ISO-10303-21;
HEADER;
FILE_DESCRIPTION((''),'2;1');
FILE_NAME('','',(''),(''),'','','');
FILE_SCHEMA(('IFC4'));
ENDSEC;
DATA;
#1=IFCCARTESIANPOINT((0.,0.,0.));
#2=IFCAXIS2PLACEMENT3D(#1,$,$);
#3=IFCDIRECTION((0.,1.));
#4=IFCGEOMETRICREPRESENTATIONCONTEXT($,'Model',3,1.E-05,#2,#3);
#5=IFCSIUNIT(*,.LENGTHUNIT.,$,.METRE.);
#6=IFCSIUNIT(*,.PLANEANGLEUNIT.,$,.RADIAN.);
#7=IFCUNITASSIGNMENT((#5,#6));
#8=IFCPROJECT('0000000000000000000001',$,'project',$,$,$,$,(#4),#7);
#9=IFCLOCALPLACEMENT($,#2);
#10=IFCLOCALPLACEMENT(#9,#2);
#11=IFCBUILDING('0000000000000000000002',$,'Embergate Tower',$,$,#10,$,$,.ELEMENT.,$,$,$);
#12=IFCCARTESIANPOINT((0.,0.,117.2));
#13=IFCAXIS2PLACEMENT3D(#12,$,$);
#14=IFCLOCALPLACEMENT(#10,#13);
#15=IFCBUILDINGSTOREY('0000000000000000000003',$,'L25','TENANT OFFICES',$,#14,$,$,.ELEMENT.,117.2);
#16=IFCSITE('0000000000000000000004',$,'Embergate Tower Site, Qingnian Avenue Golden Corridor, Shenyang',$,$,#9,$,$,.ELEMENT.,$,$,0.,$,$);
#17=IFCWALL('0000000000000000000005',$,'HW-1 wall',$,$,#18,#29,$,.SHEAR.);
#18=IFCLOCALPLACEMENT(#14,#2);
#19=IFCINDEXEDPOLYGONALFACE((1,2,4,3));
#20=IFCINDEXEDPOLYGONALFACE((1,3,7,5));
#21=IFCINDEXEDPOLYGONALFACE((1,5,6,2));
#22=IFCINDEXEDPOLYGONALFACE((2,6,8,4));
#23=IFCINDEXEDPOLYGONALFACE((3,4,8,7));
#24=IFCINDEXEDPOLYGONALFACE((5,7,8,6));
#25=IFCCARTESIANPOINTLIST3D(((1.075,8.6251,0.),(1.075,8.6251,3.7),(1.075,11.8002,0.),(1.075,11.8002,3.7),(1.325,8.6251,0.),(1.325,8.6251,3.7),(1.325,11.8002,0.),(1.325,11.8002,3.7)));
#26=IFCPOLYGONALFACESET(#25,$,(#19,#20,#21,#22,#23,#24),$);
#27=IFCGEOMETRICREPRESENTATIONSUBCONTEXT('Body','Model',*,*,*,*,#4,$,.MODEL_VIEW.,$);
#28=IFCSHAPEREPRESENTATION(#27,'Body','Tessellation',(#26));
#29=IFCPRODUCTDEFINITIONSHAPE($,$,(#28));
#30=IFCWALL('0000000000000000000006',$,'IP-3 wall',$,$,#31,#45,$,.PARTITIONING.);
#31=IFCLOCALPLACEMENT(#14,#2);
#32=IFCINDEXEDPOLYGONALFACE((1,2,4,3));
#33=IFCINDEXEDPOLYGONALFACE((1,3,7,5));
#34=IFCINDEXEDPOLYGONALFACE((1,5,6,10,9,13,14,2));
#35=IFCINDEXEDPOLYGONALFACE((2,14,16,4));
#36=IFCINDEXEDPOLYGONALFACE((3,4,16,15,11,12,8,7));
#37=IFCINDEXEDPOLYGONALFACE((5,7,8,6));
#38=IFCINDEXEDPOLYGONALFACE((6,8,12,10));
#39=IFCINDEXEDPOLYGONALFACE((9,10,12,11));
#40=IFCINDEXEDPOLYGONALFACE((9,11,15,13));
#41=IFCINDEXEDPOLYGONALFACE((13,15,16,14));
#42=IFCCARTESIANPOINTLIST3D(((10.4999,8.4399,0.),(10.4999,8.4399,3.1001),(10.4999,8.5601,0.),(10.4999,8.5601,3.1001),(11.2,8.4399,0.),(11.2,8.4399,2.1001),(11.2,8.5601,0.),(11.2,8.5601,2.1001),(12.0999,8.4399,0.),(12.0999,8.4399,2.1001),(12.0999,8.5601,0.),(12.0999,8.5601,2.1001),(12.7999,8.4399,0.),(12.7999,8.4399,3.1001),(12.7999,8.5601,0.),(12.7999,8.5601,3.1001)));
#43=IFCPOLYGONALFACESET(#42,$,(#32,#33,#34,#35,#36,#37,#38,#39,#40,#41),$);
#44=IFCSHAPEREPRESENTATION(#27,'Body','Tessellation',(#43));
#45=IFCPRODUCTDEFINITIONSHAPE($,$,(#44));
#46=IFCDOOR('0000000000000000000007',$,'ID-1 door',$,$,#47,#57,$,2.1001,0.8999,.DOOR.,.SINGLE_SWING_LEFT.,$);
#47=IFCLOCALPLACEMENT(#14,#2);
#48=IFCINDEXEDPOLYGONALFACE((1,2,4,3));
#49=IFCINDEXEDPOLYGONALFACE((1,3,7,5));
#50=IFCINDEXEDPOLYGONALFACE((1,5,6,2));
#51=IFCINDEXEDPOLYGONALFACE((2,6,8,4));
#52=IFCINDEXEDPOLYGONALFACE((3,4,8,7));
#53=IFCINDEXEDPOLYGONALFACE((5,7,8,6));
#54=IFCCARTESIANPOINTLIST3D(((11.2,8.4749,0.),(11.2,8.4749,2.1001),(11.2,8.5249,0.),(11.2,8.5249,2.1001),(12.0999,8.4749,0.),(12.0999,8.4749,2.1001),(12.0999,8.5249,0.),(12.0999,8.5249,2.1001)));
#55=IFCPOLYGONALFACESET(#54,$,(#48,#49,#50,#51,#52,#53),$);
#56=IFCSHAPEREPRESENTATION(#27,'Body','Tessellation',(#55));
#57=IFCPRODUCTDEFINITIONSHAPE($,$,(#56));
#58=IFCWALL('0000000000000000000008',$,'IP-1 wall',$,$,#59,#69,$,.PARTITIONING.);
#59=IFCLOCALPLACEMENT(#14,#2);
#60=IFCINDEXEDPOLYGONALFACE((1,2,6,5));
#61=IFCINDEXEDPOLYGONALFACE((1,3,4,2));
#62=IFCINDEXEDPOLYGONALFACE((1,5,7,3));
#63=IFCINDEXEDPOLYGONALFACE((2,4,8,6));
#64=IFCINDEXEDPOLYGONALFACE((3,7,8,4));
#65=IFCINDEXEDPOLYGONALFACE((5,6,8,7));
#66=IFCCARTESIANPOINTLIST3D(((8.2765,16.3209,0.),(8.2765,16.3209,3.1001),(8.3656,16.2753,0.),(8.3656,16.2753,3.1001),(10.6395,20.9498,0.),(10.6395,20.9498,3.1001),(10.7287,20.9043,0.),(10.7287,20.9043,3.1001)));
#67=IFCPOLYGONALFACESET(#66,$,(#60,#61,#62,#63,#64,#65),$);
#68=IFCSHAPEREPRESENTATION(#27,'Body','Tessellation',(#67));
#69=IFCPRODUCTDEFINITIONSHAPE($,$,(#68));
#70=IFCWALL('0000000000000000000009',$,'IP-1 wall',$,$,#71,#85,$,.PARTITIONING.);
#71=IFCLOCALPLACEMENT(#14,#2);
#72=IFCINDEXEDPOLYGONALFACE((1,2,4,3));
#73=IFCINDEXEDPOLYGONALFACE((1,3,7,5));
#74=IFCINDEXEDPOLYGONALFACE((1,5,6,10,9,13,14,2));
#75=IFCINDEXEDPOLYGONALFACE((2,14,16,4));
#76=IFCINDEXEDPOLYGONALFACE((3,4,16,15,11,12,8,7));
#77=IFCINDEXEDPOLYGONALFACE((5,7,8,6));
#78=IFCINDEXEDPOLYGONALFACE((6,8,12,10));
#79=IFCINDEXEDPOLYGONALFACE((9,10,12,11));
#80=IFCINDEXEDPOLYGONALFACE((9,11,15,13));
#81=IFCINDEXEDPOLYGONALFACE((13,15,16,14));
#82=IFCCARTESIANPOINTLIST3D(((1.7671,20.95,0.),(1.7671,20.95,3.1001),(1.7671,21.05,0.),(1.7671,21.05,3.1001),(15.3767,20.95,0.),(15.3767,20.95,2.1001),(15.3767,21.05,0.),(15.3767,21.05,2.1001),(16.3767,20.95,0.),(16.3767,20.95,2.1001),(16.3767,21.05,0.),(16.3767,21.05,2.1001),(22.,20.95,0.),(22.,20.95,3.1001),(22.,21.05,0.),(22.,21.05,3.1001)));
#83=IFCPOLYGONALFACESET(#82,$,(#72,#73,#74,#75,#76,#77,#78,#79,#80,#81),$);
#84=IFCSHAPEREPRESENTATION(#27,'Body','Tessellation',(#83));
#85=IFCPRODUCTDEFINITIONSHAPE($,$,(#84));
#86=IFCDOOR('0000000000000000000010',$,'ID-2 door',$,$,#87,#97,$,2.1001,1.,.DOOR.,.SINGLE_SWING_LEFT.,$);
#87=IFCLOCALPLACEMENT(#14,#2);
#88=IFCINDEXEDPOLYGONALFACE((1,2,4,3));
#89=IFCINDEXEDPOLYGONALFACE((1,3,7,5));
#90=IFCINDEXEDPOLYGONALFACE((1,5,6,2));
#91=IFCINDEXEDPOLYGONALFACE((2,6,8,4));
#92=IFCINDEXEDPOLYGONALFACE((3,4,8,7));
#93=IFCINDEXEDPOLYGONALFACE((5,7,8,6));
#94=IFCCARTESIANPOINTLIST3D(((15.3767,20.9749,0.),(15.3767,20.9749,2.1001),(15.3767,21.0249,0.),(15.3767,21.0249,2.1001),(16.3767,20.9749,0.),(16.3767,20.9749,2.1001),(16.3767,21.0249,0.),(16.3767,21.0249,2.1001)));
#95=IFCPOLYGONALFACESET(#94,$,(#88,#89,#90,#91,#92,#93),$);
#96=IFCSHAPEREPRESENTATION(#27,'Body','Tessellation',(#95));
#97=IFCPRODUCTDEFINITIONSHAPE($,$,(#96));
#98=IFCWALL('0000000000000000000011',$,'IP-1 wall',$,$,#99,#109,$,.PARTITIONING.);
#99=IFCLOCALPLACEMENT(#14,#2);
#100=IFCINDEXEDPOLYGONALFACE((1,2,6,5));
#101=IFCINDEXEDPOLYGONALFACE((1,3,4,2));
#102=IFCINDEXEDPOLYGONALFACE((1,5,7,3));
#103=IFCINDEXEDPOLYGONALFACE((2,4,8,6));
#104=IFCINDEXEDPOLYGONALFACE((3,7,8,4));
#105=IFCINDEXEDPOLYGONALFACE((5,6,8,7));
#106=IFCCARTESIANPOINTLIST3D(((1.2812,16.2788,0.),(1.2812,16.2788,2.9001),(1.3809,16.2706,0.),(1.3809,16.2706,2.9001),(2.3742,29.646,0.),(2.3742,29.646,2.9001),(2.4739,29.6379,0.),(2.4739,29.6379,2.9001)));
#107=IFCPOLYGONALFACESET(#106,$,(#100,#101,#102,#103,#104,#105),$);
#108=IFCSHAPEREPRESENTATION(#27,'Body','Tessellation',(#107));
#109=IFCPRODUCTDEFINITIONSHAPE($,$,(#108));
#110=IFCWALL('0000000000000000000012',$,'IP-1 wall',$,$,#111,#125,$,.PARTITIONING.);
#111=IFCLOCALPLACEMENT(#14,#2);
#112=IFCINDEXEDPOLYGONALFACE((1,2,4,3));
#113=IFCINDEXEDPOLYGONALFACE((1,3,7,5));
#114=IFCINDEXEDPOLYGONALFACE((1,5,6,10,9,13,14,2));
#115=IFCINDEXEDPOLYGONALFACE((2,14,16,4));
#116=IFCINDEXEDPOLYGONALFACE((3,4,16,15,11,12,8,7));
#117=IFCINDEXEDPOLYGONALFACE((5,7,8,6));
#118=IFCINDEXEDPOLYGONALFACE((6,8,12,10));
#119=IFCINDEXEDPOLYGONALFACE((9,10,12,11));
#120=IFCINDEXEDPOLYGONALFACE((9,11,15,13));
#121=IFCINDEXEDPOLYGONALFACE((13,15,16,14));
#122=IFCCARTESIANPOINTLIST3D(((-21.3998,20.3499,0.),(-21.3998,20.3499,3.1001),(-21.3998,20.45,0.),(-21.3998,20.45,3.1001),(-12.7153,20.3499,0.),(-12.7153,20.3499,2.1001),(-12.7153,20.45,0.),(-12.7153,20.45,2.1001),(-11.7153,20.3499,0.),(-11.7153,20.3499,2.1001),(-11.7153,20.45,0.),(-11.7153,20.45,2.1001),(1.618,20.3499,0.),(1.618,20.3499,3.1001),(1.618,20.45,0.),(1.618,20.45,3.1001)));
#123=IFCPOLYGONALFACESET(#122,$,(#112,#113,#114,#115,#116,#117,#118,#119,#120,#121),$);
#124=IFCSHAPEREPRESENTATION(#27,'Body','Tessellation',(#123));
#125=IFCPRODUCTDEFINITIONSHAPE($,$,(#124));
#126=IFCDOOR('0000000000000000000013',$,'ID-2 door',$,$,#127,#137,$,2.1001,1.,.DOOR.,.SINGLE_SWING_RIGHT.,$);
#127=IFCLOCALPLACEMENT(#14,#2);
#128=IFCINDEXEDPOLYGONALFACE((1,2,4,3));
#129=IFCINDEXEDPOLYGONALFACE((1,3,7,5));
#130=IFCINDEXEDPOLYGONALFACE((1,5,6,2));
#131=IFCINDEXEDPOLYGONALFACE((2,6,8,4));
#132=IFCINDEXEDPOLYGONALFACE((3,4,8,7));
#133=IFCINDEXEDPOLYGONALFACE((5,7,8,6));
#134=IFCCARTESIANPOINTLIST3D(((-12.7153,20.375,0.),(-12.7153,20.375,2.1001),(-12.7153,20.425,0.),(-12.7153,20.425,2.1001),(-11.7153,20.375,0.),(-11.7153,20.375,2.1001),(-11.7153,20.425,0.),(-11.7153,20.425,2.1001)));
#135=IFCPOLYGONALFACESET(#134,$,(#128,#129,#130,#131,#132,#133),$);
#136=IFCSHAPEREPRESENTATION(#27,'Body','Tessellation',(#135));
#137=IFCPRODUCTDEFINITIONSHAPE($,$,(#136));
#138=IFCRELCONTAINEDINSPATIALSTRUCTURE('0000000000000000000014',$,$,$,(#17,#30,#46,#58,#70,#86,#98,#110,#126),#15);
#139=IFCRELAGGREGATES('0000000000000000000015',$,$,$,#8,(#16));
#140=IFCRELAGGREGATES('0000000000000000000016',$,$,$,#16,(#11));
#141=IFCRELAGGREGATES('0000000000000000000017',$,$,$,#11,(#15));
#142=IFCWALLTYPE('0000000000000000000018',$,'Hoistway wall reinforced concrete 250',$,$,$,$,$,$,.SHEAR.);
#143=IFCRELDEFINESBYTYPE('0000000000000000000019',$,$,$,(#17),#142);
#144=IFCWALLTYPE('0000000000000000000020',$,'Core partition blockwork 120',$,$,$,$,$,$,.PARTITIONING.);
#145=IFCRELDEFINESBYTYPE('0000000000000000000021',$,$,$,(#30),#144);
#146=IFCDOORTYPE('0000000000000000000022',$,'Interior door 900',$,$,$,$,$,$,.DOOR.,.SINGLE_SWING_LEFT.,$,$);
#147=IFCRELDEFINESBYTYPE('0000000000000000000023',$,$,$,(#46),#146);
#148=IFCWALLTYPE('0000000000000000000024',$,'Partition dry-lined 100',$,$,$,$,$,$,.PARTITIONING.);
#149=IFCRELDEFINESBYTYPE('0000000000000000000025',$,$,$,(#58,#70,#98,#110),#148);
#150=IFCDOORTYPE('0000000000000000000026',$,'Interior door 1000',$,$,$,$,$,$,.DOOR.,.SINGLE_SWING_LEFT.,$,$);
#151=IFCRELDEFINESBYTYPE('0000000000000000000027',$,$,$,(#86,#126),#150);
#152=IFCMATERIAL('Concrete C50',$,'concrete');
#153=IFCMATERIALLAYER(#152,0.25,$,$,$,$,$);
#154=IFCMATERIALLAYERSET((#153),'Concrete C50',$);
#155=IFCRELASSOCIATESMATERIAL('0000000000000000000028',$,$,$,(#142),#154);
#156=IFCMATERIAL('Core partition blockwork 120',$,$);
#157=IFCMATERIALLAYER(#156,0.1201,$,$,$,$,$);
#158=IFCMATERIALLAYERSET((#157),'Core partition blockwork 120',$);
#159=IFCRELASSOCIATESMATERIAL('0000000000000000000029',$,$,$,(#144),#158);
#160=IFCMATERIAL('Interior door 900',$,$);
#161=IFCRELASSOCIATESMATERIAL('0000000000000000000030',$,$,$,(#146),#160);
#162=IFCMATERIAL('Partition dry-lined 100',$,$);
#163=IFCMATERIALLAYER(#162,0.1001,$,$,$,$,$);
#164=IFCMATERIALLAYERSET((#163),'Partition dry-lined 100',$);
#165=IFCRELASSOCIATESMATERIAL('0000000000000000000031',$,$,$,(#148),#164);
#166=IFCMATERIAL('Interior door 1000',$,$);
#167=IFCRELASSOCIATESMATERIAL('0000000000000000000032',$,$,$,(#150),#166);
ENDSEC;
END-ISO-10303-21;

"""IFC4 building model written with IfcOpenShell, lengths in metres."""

from ifc_helpers import new_model, si_unit, direction, frame, frame_2d, origin, place, context, subcontext, project, spatial, rectangle, extrude, source, transform, mapped, material, layer, layer_set, type_object, element, fill, save


model = new_model("IFC4")

# Units and contexts
model_context = context("Model", 3, precision=1e-05, world=origin(), true_north=direction((0.0, 1.0)))
body_context = subcontext(model_context, "Body", "Model", "MODEL_VIEW")
ifc_project = project(units=[si_unit("LENGTHUNIT", "METRE"), si_unit("PLANEANGLEUNIT", "RADIAN")], contexts=[model_context])

# Site, building, storey
site_placement = place(None, origin())
site = spatial("IfcSite", under=ifc_project, at=site_placement, Name="Embergate Tower Site, Qingnian Avenue Golden Corridor, Shenyang", CompositionType="ELEMENT", RefElevation=0.0)
building_placement = place(site_placement, origin())
building = spatial("IfcBuilding", under=site, at=building_placement, Name="Embergate Tower", CompositionType="ELEMENT")
storey_placement = place(building_placement, frame((0.0, 0.0, 117.2)))
storey = spatial("IfcBuildingStorey", under=building, at=storey_placement, Name="L25", Description="TENANT OFFICES", CompositionType="ELEMENT", Elevation=117.2)

# Wall
ifc_material_1 = material(Name="Concrete C50", Category="concrete")
ifc_layer_1 = layer(ifc_material_1, 0.25)
ifc_layer_set_1 = layer_set([ifc_layer_1], Name="Concrete C50")
wall_type_1 = type_object("IfcWallType", Name="Hoistway wall reinforced concrete 250", PredefinedType="SHEAR", material=ifc_layer_set_1)
shared_shape_1 = source(origin(), body_context, "Body", "SweptSolid", [
    extrude(rectangle(XDim=3.175, YDim=0.25, at=frame_2d((1.5874, 0.0))), origin(), (0.0, 0.0, 1.0), 3.7),
])
wall_1_placement = place(storey_placement, frame((1.2, 11.8, 0.0), z_axis=(0.0, 0.0, 1.0), x_axis=(0.0, -1.0, 0.0)))
element("IfcWall", 1, at=wall_1_placement, inside=storey, type_object=wall_type_1, Name="HW-1 wall", PredefinedType="SHEAR", context=body_context, shape_type="MappedRepresentation", body=[
    mapped(shared_shape_1, transform((0.0, 0.0, 0.0))),
])

# Wall, opening, door
ifc_material_2 = material(Name="Core partition blockwork 120")
ifc_layer_2 = layer(ifc_material_2, 0.1201)
ifc_layer_set_2 = layer_set([ifc_layer_2], Name="Core partition blockwork 120")
wall_type_2 = type_object("IfcWallType", Name="Core partition blockwork 120", PredefinedType="PARTITIONING", material=ifc_layer_set_2)
shared_shape_2 = source(origin(), body_context, "Body", "SweptSolid", [
    extrude(rectangle(XDim=2.3, YDim=0.1201, at=frame_2d((1.1499, 0.0))), origin(), (0.0, 0.0, 1.0), 3.1001),
])
wall_2_placement = place(storey_placement, frame((10.5, 8.5, 0.0), z_axis=(0.0, 0.0, 1.0), x_axis=(1.0, 0.0, 0.0)))
wall_2 = element("IfcWall", 2, at=wall_2_placement, inside=storey, type_object=wall_type_2, Name="IP-3 wall", PredefinedType="PARTITIONING", context=body_context, shape_type="MappedRepresentation", body=[
    mapped(shared_shape_2, transform((0.0, 0.0, 0.0))),
])
shared_shape_3 = source(origin(), body_context, "Body", "SweptSolid", [
    extrude(rectangle(XDim=0.8999, YDim=2.1001, at=frame_2d((0.45, 1.05))), frame((0.0, 0.0701, 0.0), z_axis=(0.0, -1.0, 0.0), x_axis=(1.0, 0.0, 0.0)), (0.0, 0.0, 1.0), 0.1401),
])
opening_1_placement = place(wall_2_placement, frame((0.7, 0.0, 0.0)))
opening_1 = element("IfcOpeningElement", 3, at=opening_1_placement, cuts=wall_2, PredefinedType="OPENING", context=body_context, shape_type="MappedRepresentation", body=[
    mapped(shared_shape_3, transform((0.0, 0.0, 0.0))),
])
ifc_material_3 = material(Name="Interior door 900")
door_type_1 = type_object("IfcDoorType", Name="Interior door 900", OperationType="SINGLE_SWING_LEFT", PredefinedType="DOOR", material=ifc_material_3)
shared_shape_4 = source(origin(), body_context, "Body", "SweptSolid", [
    extrude(rectangle(XDim=0.8999, YDim=2.1001, at=frame_2d((0.45, 1.05))), frame((0.0, 0.0249, 0.0), z_axis=(0.0, -1.0, 0.0), x_axis=(1.0, 0.0, 0.0)), (0.0, 0.0, 1.0), 0.05),
])
door_1_placement = place(opening_1_placement, origin())
door_1 = element("IfcDoor", 4, at=door_1_placement, inside=storey, type_object=door_type_1, Name="ID-1 door", OperationType="SINGLE_SWING_LEFT", OverallHeight=2.1001, OverallWidth=0.8999, PredefinedType="DOOR", context=body_context, shape_type="MappedRepresentation", body=[
    mapped(shared_shape_4, transform((0.0, 0.0, 0.0))),
])
fill(opening_1, door_1)

# Wall
ifc_material_4 = material(Name="Partition dry-lined 100")
ifc_layer_3 = layer(ifc_material_4, 0.1001)
ifc_layer_set_3 = layer_set([ifc_layer_3], Name="Partition dry-lined 100")
wall_type_3 = type_object("IfcWallType", Name="Partition dry-lined 100", PredefinedType="PARTITIONING", material=ifc_layer_set_3)
shared_shape_5 = source(origin(), body_context, "Body", "SweptSolid", [
    extrude(rectangle(XDim=5.1973, YDim=0.1001, at=frame_2d((2.5986, 0.0))), origin(), (0.0, 0.0, 1.0), 3.1001),
])
wall_3_placement = place(storey_placement, frame((8.321, 16.2981, 0.0), z_axis=(0.0, 0.0, 1.0), x_axis=(0.454676, 0.890657, 0.0)))
element("IfcWall", 5, at=wall_3_placement, inside=storey, type_object=wall_type_3, Name="IP-1 wall", PredefinedType="PARTITIONING", context=body_context, shape_type="MappedRepresentation", body=[
    mapped(shared_shape_5, transform((0.0, 0.0, 0.0))),
])

# Wall, opening, door
shared_shape_6 = source(origin(), body_context, "Body", "SweptSolid", [
    extrude(rectangle(XDim=20.2329, YDim=0.1001, at=frame_2d((10.1165, 0.0))), origin(), (0.0, 0.0, 1.0), 3.1001),
])
wall_4_placement = place(storey_placement, frame((1.7671, 21.0, 0.0), z_axis=(0.0, 0.0, 1.0), x_axis=(1.0, 0.0, 0.0)))
wall_4 = element("IfcWall", 6, at=wall_4_placement, inside=storey, type_object=wall_type_3, Name="IP-1 wall", PredefinedType="PARTITIONING", context=body_context, shape_type="MappedRepresentation", body=[
    mapped(shared_shape_6, transform((0.0, 0.0, 0.0))),
])
shared_shape_7 = source(origin(), body_context, "Body", "SweptSolid", [
    extrude(rectangle(XDim=1.0, YDim=2.1001, at=frame_2d((0.5, 1.05))), frame((0.0, 0.0601, 0.0), z_axis=(0.0, -1.0, 0.0), x_axis=(1.0, 0.0, 0.0)), (0.0, 0.0, 1.0), 0.1201),
])
opening_2_placement = place(wall_4_placement, frame((13.6096, 0.0, 0.0)))
opening_2 = element("IfcOpeningElement", 7, at=opening_2_placement, cuts=wall_4, PredefinedType="OPENING", context=body_context, shape_type="MappedRepresentation", body=[
    mapped(shared_shape_7, transform((0.0, 0.0, 0.0))),
])
ifc_material_5 = material(Name="Interior door 1000")
door_type_2 = type_object("IfcDoorType", Name="Interior door 1000", OperationType="SINGLE_SWING_LEFT", PredefinedType="DOOR", material=ifc_material_5)
shared_shape_8 = source(origin(), body_context, "Body", "SweptSolid", [
    extrude(rectangle(XDim=1.0, YDim=2.1001, at=frame_2d((0.5, 1.05))), frame((0.0, 0.0249, 0.0), z_axis=(0.0, -1.0, 0.0), x_axis=(1.0, 0.0, 0.0)), (0.0, 0.0, 1.0), 0.05),
])
door_2_placement = place(opening_2_placement, origin())
door_2 = element("IfcDoor", 8, at=door_2_placement, inside=storey, type_object=door_type_2, Name="ID-2 door", OperationType="SINGLE_SWING_LEFT", OverallHeight=2.1001, OverallWidth=1.0, PredefinedType="DOOR", context=body_context, shape_type="MappedRepresentation", body=[
    mapped(shared_shape_8, transform((0.0, 0.0, 0.0))),
])
fill(opening_2, door_2)

# Wall
shared_shape_9 = source(origin(), body_context, "Body", "SweptSolid", [
    extrude(rectangle(XDim=13.4119, YDim=0.1001, at=frame_2d((6.7061, 0.0))), origin(), (0.0, 0.0, 1.0), 2.9001),
])
wall_5_placement = place(storey_placement, frame((2.4241, 29.6421, 0.0), z_axis=(0.0, 0.0, 1.0), x_axis=(-0.081497, -0.996674, 0.0)))
element("IfcWall", 9, at=wall_5_placement, inside=storey, type_object=wall_type_3, Name="IP-1 wall", PredefinedType="PARTITIONING", context=body_context, shape_type="MappedRepresentation", body=[
    mapped(shared_shape_9, transform((0.0, 0.0, 0.0))),
])

# Wall, opening, door
shared_shape_10 = source(origin(), body_context, "Body", "SweptSolid", [
    extrude(rectangle(XDim=23.0178, YDim=0.1001, at=frame_2d((11.5088, 0.0))), origin(), (0.0, 0.0, 1.0), 3.1001),
])
wall_6_placement = place(storey_placement, frame((1.6179, 20.3999, 0.0), z_axis=(0.0, 0.0, 1.0), x_axis=(-1.0, 0.0, 0.0)))
wall_6 = element("IfcWall", 10, at=wall_6_placement, inside=storey, type_object=wall_type_3, Name="IP-1 wall", PredefinedType="PARTITIONING", context=body_context, shape_type="MappedRepresentation", body=[
    mapped(shared_shape_10, transform((0.0, 0.0, 0.0))),
])
opening_3_placement = place(wall_6_placement, frame((13.3333, 0.0, 0.0)))
opening_3 = element("IfcOpeningElement", 11, at=opening_3_placement, cuts=wall_6, PredefinedType="OPENING", context=body_context, shape_type="MappedRepresentation", body=[
    mapped(shared_shape_7, transform((0.0, 0.0, 0.0))),
])
door_3_placement = place(opening_3_placement, origin())
door_3 = element("IfcDoor", 12, at=door_3_placement, inside=storey, type_object=door_type_2, Name="ID-2 door", OperationType="SINGLE_SWING_RIGHT", OverallHeight=2.1001, OverallWidth=1.0, PredefinedType="DOOR", context=body_context, shape_type="MappedRepresentation", body=[
    mapped(shared_shape_8, transform((0.0, 0.0, 0.0))),
])
fill(opening_3, door_3)

save(model, "model.ifc")
